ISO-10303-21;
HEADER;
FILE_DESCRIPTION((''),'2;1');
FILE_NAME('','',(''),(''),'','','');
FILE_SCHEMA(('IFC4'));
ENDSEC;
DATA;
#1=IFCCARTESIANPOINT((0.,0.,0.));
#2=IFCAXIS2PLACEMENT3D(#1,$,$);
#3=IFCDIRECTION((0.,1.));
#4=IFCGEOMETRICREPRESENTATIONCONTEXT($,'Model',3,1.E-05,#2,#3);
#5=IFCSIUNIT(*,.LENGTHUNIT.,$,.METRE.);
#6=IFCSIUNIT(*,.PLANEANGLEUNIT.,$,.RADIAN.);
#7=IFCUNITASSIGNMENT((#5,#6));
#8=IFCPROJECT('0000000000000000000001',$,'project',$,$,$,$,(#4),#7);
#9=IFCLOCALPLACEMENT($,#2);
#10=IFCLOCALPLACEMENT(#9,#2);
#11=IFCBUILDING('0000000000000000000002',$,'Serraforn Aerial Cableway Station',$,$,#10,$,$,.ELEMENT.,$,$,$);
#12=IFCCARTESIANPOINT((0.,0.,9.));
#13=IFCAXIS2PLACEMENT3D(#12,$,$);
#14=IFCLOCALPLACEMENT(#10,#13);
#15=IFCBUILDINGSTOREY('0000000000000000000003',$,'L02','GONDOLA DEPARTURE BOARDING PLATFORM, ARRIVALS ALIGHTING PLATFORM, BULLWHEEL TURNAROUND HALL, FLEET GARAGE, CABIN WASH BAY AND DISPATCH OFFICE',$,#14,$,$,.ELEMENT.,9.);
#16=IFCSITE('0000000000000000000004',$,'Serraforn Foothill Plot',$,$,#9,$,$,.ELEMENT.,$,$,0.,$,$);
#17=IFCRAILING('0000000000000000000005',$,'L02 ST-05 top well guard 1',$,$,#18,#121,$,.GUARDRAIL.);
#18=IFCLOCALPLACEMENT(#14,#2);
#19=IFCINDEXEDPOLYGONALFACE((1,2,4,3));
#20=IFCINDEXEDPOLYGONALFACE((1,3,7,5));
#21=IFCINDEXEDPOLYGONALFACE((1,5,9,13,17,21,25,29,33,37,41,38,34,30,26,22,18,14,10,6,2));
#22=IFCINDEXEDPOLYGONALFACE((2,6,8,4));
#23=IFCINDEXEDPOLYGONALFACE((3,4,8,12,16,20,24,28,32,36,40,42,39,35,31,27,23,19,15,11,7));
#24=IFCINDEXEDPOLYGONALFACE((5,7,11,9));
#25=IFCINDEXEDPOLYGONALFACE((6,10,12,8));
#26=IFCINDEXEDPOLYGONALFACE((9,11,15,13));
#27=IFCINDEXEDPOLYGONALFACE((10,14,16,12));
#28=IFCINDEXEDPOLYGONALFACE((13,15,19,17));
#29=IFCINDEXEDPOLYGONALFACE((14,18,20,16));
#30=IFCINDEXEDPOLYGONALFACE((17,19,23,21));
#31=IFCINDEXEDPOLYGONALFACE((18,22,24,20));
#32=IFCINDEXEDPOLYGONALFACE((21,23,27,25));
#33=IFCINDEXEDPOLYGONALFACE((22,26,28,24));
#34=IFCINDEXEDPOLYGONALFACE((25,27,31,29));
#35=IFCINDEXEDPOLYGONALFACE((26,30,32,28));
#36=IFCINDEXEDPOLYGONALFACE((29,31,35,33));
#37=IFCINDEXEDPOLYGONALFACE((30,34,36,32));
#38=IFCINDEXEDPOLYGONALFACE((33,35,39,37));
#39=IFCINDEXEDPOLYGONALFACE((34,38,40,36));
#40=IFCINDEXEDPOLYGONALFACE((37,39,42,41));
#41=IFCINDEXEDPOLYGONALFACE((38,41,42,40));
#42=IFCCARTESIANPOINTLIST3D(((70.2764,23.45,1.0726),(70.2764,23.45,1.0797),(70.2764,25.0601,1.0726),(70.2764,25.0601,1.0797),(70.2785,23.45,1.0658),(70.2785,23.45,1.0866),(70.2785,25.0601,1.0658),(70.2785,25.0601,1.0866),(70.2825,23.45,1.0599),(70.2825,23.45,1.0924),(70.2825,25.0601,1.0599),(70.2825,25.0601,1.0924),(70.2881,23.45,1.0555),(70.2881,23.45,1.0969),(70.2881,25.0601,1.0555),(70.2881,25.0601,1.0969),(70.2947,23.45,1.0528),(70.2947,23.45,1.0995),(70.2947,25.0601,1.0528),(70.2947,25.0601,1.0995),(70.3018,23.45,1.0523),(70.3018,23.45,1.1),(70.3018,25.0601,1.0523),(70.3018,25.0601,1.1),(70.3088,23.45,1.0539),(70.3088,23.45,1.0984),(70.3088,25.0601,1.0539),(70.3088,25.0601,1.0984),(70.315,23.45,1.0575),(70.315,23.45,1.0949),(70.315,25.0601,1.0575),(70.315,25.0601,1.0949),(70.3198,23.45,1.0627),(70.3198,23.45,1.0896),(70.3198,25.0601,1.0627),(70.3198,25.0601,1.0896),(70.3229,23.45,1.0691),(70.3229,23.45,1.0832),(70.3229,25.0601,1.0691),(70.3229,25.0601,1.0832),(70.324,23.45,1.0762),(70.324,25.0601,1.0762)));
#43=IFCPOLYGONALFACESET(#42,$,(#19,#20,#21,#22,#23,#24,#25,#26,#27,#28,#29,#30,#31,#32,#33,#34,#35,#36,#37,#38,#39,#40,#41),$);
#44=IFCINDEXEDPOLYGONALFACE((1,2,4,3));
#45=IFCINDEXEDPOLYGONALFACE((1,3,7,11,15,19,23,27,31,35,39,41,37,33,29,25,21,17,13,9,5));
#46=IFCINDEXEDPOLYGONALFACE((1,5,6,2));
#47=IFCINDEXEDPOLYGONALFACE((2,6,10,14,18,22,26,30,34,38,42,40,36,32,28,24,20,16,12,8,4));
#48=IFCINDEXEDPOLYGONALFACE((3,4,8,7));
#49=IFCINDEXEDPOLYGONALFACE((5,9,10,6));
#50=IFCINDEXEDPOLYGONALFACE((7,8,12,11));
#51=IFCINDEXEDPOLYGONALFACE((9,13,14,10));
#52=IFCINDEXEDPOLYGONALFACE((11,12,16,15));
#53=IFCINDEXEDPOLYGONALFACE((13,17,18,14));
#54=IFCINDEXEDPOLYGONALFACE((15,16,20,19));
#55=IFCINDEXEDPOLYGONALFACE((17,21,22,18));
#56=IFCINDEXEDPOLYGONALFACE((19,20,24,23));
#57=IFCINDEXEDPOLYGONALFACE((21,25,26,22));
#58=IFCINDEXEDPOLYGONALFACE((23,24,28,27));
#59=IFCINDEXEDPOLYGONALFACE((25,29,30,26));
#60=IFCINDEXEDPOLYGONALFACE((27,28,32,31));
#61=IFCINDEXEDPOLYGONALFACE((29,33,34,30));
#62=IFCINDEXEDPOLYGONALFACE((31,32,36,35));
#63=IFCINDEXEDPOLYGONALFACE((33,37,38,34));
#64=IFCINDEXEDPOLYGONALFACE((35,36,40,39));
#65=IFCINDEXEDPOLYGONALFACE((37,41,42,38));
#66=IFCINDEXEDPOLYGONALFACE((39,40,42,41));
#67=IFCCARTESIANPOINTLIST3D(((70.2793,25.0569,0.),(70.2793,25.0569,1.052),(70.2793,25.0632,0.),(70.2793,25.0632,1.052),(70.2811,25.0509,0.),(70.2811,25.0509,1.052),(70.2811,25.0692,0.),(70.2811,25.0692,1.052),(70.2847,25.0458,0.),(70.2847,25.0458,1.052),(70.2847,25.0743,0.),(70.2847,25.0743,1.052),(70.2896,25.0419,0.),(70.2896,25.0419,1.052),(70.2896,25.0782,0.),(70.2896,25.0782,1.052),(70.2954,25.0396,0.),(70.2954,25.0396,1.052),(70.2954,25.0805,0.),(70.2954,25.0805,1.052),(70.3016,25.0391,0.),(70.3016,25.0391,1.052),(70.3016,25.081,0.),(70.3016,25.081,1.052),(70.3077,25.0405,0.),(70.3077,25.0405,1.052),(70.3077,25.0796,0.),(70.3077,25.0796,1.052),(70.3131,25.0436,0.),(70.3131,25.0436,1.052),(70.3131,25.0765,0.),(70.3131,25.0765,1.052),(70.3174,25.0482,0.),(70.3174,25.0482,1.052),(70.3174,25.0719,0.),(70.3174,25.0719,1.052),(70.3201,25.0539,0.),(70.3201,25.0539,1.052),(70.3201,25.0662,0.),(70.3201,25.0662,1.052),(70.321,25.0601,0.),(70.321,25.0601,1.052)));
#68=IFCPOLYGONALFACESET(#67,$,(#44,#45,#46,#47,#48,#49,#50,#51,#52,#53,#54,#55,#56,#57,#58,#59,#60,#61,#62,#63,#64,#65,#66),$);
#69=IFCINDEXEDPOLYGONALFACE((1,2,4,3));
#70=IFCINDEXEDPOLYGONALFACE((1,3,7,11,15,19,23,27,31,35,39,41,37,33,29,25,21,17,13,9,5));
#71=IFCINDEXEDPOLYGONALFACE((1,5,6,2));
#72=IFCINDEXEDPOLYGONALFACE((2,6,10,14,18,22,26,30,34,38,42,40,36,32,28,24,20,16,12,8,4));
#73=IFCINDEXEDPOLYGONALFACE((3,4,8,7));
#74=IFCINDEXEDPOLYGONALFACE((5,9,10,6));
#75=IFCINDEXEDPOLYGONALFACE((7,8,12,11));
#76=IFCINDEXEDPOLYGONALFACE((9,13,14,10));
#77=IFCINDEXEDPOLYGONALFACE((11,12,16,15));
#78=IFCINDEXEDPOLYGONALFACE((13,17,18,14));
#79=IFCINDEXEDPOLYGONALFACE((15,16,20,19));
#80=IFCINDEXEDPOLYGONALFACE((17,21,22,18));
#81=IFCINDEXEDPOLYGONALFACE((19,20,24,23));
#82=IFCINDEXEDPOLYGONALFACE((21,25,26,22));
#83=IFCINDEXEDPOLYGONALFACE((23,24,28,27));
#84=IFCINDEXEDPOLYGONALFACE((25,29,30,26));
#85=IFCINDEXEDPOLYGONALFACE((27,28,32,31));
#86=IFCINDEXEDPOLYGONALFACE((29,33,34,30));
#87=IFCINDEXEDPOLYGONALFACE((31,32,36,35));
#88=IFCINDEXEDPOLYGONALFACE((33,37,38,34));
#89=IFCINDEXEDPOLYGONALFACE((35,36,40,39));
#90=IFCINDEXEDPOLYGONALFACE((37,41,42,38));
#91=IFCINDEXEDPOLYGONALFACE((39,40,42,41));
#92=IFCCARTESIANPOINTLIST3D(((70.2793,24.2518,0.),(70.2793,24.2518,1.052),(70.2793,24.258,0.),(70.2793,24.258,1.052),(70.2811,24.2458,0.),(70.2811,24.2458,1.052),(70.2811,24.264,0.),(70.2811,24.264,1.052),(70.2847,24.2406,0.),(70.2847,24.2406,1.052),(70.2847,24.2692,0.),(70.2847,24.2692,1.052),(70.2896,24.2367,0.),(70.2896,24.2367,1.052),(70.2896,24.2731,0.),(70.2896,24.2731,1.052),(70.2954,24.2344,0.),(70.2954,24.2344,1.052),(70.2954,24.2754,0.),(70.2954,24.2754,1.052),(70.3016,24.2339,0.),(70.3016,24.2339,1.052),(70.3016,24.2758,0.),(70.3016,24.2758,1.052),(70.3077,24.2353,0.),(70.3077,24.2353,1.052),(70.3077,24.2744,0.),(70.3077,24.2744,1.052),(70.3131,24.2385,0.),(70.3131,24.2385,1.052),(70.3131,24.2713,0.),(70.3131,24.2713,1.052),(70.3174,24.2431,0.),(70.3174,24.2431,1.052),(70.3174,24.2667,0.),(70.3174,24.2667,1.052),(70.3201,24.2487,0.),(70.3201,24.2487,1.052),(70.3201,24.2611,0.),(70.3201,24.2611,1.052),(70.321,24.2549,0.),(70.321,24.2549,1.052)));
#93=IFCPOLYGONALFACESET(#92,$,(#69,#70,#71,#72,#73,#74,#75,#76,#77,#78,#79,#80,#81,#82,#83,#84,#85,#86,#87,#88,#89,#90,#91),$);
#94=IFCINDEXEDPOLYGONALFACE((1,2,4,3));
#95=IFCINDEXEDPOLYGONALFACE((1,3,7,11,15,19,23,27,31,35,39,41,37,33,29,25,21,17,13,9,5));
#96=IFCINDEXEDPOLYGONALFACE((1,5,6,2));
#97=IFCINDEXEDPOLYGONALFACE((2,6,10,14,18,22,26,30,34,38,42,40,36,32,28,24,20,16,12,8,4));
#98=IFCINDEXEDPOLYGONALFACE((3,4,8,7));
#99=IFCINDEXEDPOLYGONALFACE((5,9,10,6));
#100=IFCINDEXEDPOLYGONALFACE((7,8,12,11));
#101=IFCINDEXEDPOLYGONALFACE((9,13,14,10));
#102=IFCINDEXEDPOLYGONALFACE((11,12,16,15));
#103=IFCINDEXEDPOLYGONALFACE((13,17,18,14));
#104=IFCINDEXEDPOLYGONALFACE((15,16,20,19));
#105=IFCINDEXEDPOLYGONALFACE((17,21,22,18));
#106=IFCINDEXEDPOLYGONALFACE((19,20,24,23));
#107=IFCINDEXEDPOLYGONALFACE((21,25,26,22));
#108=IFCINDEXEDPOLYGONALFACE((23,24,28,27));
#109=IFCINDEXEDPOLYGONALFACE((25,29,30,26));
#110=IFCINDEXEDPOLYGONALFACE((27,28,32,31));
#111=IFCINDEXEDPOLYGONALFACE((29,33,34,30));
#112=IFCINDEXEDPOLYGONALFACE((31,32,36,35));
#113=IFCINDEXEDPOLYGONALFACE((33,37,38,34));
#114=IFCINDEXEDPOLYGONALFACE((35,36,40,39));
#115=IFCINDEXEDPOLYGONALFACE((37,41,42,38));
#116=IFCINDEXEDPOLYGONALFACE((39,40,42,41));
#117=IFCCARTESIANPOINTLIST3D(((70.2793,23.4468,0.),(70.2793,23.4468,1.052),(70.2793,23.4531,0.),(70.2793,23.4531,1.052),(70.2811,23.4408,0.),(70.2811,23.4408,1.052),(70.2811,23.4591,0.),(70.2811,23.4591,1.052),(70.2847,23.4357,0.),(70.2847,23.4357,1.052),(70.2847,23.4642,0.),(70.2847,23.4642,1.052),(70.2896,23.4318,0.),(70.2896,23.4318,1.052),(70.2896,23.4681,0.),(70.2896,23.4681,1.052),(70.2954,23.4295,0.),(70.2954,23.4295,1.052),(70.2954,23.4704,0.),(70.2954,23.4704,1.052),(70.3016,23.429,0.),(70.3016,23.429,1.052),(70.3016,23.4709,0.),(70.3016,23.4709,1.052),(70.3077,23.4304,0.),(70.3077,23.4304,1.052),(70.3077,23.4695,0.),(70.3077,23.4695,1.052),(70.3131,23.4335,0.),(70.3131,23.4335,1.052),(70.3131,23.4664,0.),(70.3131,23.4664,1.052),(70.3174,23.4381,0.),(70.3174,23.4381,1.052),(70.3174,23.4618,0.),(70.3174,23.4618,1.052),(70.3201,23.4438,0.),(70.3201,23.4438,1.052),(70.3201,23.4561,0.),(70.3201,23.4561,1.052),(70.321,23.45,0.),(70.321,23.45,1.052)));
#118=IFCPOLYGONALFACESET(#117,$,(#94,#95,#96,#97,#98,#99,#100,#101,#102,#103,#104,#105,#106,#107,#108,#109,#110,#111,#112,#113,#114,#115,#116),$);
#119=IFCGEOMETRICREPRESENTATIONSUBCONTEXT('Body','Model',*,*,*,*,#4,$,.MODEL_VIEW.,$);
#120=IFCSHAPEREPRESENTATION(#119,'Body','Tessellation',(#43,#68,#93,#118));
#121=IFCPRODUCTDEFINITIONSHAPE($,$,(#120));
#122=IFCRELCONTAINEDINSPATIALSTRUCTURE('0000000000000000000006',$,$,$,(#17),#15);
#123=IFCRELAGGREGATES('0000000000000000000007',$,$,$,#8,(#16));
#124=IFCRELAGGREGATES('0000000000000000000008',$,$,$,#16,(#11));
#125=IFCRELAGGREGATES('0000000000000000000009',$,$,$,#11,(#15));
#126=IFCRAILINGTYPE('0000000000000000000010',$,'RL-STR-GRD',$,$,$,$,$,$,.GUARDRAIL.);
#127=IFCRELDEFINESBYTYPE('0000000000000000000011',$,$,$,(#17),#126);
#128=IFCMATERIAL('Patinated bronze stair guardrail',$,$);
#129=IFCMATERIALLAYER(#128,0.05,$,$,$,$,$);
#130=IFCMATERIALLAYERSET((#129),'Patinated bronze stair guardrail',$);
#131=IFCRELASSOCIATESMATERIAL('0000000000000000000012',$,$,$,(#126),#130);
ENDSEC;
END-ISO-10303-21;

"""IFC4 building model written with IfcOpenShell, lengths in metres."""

from ifc_helpers import new_model, si_unit, direction, frame, origin, origin_2d, place, context, subcontext, project, spatial, circle, extrude, material, layer, layer_set, type_object, element, save


model = new_model("IFC4")

# Units and contexts
model_context = context("Model", 3, precision=1e-05, world=origin(), true_north=direction((0.0, 1.0)))
body_context = subcontext(model_context, "Body", "Model", "MODEL_VIEW")
ifc_project = project(units=[si_unit("LENGTHUNIT", "METRE"), si_unit("PLANEANGLEUNIT", "RADIAN")], contexts=[model_context])

# Site, building, storey
site_placement = place(None, origin())
site = spatial("IfcSite", under=ifc_project, at=site_placement, Name="Serraforn Foothill Plot", CompositionType="ELEMENT", RefElevation=0.0)
building_placement = place(site_placement, origin())
building = spatial("IfcBuilding", under=site, at=building_placement, Name="Serraforn Aerial Cableway Station", CompositionType="ELEMENT")
storey_placement = place(building_placement, frame((0.0, 0.0, 9.0)))
storey = spatial("IfcBuildingStorey", under=building, at=storey_placement, Name="L02", Description="GONDOLA DEPARTURE BOARDING PLATFORM, ARRIVALS ALIGHTING PLATFORM, BULLWHEEL TURNAROUND HALL, FLEET GARAGE, CABIN WASH BAY AND DISPATCH OFFICE", CompositionType="ELEMENT", Elevation=9.0)

# Railing
ifc_material_1 = material(Name="Patinated bronze stair guardrail")
ifc_layer_1 = layer(ifc_material_1, 0.05)
ifc_layer_set_1 = layer_set([ifc_layer_1], Name="Patinated bronze stair guardrail")
railing_type = type_object("IfcRailingType", Name="RL-STR-GRD", PredefinedType="GUARDRAIL", material=ifc_layer_set_1)
railing_placement = place(storey_placement, frame((70.3, 25.0601, 0.0)))
element("IfcRailing", 1, at=railing_placement, inside=storey, type_object=railing_type, Name="L02 ST-05 top well guard 1", PredefinedType="GUARDRAIL", context=body_context, shape_type="SweptSolid", body=[
    extrude(circle(Radius=0.0239, at=origin_2d()), frame((0.0, 0.0, 1.0762), z_axis=(0.0, -1.0, 0.0), x_axis=(1.0, 0.0, 0.0)), (0.0, 0.0, 1.0), 1.6101),
    extrude(circle(Radius=0.021, at=origin_2d()), origin(), (0.0, 0.0, 1.0), 1.052),
    extrude(circle(Radius=0.021, at=origin_2d()), frame((0.0, -0.8052, 0.0)), (0.0, 0.0, 1.0), 1.052),
    extrude(circle(Radius=0.021, at=origin_2d()), frame((0.0, -1.6101, 0.0)), (0.0, 0.0, 1.0), 1.052),
])

save(model, "model.ifc")
